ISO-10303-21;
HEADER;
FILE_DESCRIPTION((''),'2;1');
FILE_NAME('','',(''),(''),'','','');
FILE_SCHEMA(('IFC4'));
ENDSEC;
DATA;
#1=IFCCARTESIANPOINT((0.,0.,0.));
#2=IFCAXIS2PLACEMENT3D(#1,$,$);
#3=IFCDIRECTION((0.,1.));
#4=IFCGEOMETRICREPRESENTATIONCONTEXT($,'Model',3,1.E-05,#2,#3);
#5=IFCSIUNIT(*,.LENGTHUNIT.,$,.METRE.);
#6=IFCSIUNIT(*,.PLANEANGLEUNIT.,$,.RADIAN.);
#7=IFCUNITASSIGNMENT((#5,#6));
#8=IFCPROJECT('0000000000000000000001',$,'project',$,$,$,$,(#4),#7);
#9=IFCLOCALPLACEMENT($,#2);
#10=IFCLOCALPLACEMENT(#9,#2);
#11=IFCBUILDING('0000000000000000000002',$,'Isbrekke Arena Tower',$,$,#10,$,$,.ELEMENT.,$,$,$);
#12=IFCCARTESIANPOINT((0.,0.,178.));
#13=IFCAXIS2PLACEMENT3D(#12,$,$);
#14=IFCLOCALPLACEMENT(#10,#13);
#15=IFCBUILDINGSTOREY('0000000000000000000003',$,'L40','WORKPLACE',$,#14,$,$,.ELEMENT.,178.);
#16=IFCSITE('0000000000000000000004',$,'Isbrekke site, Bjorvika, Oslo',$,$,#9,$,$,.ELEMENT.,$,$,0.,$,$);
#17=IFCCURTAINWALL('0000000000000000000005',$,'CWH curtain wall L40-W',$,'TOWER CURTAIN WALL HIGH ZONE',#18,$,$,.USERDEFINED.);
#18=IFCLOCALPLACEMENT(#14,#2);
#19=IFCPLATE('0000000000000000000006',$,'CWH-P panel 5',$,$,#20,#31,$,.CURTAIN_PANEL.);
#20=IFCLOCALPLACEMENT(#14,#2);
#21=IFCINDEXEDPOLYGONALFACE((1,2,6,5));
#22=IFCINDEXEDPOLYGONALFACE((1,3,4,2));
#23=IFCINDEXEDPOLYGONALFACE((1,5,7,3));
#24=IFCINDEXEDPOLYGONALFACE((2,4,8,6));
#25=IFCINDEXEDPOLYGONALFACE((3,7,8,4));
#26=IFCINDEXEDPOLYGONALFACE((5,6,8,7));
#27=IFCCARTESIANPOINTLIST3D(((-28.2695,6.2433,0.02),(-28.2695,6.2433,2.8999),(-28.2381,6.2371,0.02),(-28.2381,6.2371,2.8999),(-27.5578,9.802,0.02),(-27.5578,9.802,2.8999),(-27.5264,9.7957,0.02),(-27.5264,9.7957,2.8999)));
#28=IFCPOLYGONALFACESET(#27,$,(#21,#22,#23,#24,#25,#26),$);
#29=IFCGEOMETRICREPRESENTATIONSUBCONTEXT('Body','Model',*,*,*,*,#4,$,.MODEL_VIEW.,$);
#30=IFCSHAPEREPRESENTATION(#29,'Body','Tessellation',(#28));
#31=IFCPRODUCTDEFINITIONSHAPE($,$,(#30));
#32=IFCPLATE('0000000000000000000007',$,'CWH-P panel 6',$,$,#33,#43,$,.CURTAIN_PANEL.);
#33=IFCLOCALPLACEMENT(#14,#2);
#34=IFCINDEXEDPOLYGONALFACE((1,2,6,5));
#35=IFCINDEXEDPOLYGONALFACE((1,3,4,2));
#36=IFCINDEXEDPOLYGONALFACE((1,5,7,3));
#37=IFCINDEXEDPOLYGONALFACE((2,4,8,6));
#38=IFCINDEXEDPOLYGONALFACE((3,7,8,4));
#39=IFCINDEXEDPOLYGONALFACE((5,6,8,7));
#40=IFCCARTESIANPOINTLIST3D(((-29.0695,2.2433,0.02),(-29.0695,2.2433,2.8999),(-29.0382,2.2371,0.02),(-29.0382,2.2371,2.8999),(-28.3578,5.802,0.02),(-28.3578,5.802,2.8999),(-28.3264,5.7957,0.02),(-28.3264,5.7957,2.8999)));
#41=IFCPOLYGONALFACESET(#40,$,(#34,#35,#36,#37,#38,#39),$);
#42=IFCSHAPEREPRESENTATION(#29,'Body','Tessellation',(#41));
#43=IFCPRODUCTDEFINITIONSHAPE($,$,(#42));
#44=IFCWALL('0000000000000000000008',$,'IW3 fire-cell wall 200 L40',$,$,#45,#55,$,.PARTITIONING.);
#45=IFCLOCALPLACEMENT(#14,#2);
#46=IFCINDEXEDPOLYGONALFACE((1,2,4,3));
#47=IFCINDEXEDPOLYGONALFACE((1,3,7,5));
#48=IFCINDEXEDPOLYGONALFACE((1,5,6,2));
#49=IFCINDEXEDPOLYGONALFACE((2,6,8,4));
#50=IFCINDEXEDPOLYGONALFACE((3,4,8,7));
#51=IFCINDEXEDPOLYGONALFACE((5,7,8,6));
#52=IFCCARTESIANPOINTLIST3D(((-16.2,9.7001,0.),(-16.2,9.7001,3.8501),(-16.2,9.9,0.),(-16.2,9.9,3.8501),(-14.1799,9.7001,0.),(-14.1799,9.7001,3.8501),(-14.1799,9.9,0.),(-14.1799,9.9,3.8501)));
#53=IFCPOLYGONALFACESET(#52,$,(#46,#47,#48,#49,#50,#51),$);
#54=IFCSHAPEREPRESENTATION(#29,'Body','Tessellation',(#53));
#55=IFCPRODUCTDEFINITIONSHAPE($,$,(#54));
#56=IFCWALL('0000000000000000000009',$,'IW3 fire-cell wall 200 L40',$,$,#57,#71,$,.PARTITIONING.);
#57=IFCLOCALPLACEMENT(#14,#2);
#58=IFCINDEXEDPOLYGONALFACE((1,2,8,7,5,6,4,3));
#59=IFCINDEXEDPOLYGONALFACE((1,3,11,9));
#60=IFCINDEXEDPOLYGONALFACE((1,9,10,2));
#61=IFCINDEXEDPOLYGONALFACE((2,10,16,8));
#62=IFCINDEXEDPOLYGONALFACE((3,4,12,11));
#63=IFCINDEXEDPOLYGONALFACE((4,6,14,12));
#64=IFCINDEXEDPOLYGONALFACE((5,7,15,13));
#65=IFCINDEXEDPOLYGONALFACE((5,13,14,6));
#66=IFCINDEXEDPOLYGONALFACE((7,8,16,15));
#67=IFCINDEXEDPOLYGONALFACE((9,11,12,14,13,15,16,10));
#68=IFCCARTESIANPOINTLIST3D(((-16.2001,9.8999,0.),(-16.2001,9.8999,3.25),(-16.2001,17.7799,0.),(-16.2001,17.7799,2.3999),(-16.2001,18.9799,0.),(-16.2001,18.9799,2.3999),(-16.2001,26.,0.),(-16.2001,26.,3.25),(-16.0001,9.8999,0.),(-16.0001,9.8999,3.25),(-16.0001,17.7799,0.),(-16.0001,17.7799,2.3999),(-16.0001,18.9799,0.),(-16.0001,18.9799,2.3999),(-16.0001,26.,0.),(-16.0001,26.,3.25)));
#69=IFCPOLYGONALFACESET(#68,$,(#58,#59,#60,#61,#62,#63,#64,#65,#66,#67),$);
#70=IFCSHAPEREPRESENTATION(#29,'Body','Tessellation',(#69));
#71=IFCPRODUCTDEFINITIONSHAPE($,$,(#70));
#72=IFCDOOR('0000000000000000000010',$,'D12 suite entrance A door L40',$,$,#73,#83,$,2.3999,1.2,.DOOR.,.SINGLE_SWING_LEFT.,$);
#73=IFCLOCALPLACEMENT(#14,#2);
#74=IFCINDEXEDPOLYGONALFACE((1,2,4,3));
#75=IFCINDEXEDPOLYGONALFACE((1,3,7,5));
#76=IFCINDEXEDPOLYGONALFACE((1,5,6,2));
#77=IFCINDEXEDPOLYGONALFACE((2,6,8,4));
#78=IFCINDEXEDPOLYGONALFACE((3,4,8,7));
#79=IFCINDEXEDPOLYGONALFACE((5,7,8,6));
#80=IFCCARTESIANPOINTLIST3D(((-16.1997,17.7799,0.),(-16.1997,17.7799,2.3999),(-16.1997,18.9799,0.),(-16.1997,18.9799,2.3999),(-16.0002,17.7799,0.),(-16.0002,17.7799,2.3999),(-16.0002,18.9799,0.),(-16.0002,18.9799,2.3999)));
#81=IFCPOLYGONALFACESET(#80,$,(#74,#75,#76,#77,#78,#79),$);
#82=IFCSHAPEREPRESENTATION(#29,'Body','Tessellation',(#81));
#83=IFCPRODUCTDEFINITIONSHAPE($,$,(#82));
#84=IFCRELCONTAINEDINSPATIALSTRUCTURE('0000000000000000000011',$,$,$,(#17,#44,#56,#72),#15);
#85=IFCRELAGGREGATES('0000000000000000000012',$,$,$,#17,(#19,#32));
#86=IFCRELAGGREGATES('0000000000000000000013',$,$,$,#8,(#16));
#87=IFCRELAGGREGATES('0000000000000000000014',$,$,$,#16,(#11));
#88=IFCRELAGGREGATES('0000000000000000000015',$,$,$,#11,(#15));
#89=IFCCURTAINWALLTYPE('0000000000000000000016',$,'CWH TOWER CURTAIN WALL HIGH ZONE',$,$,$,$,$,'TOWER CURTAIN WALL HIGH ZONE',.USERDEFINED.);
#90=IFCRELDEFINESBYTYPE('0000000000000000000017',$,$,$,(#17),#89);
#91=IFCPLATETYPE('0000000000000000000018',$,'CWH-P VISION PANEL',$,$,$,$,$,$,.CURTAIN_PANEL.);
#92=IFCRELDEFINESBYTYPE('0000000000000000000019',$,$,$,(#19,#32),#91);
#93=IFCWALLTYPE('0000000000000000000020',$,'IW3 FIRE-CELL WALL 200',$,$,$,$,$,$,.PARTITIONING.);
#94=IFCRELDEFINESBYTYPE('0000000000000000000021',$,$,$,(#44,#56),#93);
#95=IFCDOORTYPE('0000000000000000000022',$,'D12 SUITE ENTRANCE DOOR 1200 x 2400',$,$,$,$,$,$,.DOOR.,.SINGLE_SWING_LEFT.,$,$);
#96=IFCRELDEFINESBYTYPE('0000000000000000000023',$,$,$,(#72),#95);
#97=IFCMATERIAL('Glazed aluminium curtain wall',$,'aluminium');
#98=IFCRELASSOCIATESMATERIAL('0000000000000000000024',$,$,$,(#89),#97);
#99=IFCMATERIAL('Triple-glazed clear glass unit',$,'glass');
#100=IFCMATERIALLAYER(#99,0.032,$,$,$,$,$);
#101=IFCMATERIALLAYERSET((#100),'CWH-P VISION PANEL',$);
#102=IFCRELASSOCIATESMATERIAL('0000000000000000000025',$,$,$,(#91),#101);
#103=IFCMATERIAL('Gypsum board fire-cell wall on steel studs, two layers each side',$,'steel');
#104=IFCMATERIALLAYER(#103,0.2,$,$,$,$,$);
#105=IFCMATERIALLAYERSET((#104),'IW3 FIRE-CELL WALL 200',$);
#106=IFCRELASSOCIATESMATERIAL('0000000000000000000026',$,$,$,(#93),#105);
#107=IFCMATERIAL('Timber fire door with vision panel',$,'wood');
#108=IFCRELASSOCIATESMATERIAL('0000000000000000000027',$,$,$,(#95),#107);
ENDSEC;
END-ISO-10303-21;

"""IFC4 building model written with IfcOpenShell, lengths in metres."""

from ifc_helpers import new_model, si_unit, direction, frame, frame_2d, origin, origin_2d, place, context, subcontext, project, spatial, rectangle, extrude, material, layer, layer_set, type_object, element, fill, aggregate, save


model = new_model("IFC4")

# Units and contexts
model_context = context("Model", 3, precision=1e-05, world=origin(), true_north=direction((0.0, 1.0)))
body_context = subcontext(model_context, "Body", "Model", "MODEL_VIEW")
ifc_project = project(units=[si_unit("LENGTHUNIT", "METRE"), si_unit("PLANEANGLEUNIT", "RADIAN")], contexts=[model_context])

# Site, building, storey
site_placement = place(None, origin())
site = spatial("IfcSite", under=ifc_project, at=site_placement, Name="Isbrekke site, Bjorvika, Oslo", CompositionType="ELEMENT", RefElevation=0.0)
building_placement = place(site_placement, origin())
building = spatial("IfcBuilding", under=site, at=building_placement, Name="Isbrekke Arena Tower", CompositionType="ELEMENT")
storey_placement = place(building_placement, frame((0.0, 0.0, 178.0)))
storey = spatial("IfcBuildingStorey", under=building, at=storey_placement, Name="L40", Description="WORKPLACE", CompositionType="ELEMENT", Elevation=178.0)

# Curtain wall
ifc_material_1 = material(Name="Glazed aluminium curtain wall", Category="aluminium")
curtain_wall_type = type_object("IfcCurtainWallType", Name="CWH TOWER CURTAIN WALL HIGH ZONE", ElementType="TOWER CURTAIN WALL HIGH ZONE", PredefinedType="USERDEFINED", material=ifc_material_1)
curtain_wall_placement = place(storey_placement, origin())
curtain_wall = element("IfcCurtainWall", 1, at=curtain_wall_placement, inside=storey, type_object=curtain_wall_type, Name="CWH curtain wall L40-W", ObjectType="TOWER CURTAIN WALL HIGH ZONE", PredefinedType="USERDEFINED")

# Plates
ifc_material_2 = material(Name="Triple-glazed clear glass unit", Category="glass")
ifc_layer_1 = layer(ifc_material_2, 0.032)
ifc_layer_set_1 = layer_set([ifc_layer_1], Name="CWH-P VISION PANEL")
plate_type = type_object("IfcPlateType", Name="CWH-P VISION PANEL", PredefinedType="CURTAIN_PANEL", material=ifc_layer_set_1)
plate_1_placement = place(storey_placement, frame((-27.8979, 8.0195, 0.02), z_axis=(0.0, 0.0, 1.0), x_axis=(-0.196116, -0.980581, 0.0)))
plate_1 = element("IfcPlate", 2, at=plate_1_placement, type_object=plate_type, Name="CWH-P panel 5", PredefinedType="CURTAIN_PANEL", context=body_context, shape_type="SweptSolid", body=[
    extrude(rectangle(XDim=3.6292, YDim=0.032, at=origin_2d()), origin(), (0.0, 0.0, 1.0), 2.8799),
])
plate_2_placement = place(storey_placement, frame((-28.698, 4.0195, 0.02), z_axis=(0.0, 0.0, 1.0), x_axis=(-0.196116, -0.980581, 0.0)))
plate_2 = element("IfcPlate", 3, at=plate_2_placement, type_object=plate_type, Name="CWH-P panel 6", PredefinedType="CURTAIN_PANEL", context=body_context, shape_type="SweptSolid", body=[
    extrude(rectangle(XDim=3.6292, YDim=0.032, at=origin_2d()), origin(), (0.0, 0.0, 1.0), 2.8799),
])
aggregate(curtain_wall, [plate_1, plate_2])

# Wall
ifc_material_3 = material(Name="Gypsum board fire-cell wall on steel studs, two layers each side", Category="steel")
ifc_layer_2 = layer(ifc_material_3, 0.2)
ifc_layer_set_2 = layer_set([ifc_layer_2], Name="IW3 FIRE-CELL WALL 200")
wall_type = type_object("IfcWallType", Name="IW3 FIRE-CELL WALL 200", PredefinedType="PARTITIONING", material=ifc_layer_set_2)
wall_1_placement = place(storey_placement, frame((-16.2, 9.8, 0.0), z_axis=(0.0, 0.0, 1.0), x_axis=(1.0, 0.0, 0.0)))
element("IfcWall", 4, at=wall_1_placement, inside=storey, type_object=wall_type, Name="IW3 fire-cell wall 200 L40", PredefinedType="PARTITIONING", context=body_context, shape_type="SweptSolid", body=[
    extrude(rectangle(XDim=2.02, YDim=0.2, at=frame_2d((1.01, 0.0))), origin(), (0.0, 0.0, 1.0), 3.8501),
])

# Wall, opening, door
wall_2_placement = place(storey_placement, frame((-16.1001, 9.8999, 0.0), z_axis=(0.0, 0.0, 1.0), x_axis=(0.0, 1.0, 0.0)))
wall_2 = element("IfcWall", 5, at=wall_2_placement, inside=storey, type_object=wall_type, Name="IW3 fire-cell wall 200 L40", PredefinedType="PARTITIONING", context=body_context, shape_type="SweptSolid", body=[
    extrude(rectangle(XDim=16.1001, YDim=0.2, at=frame_2d((8.05, 0.0))), origin(), (0.0, 0.0, 1.0), 3.25),
])
opening_placement = place(wall_2_placement, frame((7.8799, 0.0, 0.0)))
opening = element("IfcOpeningElement", 6, at=opening_placement, cuts=wall_2, PredefinedType="OPENING", context=body_context, shape_type="SweptSolid", body=[
    extrude(rectangle(XDim=1.2, YDim=2.3999, at=frame_2d((0.6001, 1.2))), frame((0.0, 0.1147, 0.0), z_axis=(0.0, -1.0, 0.0), x_axis=(1.0, 0.0, 0.0)), (0.0, 0.0, 1.0), 0.2297),
])
ifc_material_4 = material(Name="Timber fire door with vision panel", Category="wood")
door_type = type_object("IfcDoorType", Name="D12 SUITE ENTRANCE DOOR 1200 x 2400", OperationType="SINGLE_SWING_LEFT", PredefinedType="DOOR", material=ifc_material_4)
door_placement = place(opening_placement, origin())
door = element("IfcDoor", 7, at=door_placement, inside=storey, type_object=door_type, Name="D12 suite entrance A door L40", OperationType="SINGLE_SWING_LEFT", OverallHeight=2.3999, OverallWidth=1.2, PredefinedType="DOOR", context=body_context, shape_type="SweptSolid", body=[
    extrude(rectangle(XDim=1.2, YDim=2.3999, at=frame_2d((0.6001, 1.2))), frame((0.0, 0.0996, 0.0), z_axis=(0.0, -1.0, 0.0), x_axis=(1.0, 0.0, 0.0)), (0.0, 0.0, 1.0), 0.1995),
])
fill(opening, door)

save(model, "model.ifc")
